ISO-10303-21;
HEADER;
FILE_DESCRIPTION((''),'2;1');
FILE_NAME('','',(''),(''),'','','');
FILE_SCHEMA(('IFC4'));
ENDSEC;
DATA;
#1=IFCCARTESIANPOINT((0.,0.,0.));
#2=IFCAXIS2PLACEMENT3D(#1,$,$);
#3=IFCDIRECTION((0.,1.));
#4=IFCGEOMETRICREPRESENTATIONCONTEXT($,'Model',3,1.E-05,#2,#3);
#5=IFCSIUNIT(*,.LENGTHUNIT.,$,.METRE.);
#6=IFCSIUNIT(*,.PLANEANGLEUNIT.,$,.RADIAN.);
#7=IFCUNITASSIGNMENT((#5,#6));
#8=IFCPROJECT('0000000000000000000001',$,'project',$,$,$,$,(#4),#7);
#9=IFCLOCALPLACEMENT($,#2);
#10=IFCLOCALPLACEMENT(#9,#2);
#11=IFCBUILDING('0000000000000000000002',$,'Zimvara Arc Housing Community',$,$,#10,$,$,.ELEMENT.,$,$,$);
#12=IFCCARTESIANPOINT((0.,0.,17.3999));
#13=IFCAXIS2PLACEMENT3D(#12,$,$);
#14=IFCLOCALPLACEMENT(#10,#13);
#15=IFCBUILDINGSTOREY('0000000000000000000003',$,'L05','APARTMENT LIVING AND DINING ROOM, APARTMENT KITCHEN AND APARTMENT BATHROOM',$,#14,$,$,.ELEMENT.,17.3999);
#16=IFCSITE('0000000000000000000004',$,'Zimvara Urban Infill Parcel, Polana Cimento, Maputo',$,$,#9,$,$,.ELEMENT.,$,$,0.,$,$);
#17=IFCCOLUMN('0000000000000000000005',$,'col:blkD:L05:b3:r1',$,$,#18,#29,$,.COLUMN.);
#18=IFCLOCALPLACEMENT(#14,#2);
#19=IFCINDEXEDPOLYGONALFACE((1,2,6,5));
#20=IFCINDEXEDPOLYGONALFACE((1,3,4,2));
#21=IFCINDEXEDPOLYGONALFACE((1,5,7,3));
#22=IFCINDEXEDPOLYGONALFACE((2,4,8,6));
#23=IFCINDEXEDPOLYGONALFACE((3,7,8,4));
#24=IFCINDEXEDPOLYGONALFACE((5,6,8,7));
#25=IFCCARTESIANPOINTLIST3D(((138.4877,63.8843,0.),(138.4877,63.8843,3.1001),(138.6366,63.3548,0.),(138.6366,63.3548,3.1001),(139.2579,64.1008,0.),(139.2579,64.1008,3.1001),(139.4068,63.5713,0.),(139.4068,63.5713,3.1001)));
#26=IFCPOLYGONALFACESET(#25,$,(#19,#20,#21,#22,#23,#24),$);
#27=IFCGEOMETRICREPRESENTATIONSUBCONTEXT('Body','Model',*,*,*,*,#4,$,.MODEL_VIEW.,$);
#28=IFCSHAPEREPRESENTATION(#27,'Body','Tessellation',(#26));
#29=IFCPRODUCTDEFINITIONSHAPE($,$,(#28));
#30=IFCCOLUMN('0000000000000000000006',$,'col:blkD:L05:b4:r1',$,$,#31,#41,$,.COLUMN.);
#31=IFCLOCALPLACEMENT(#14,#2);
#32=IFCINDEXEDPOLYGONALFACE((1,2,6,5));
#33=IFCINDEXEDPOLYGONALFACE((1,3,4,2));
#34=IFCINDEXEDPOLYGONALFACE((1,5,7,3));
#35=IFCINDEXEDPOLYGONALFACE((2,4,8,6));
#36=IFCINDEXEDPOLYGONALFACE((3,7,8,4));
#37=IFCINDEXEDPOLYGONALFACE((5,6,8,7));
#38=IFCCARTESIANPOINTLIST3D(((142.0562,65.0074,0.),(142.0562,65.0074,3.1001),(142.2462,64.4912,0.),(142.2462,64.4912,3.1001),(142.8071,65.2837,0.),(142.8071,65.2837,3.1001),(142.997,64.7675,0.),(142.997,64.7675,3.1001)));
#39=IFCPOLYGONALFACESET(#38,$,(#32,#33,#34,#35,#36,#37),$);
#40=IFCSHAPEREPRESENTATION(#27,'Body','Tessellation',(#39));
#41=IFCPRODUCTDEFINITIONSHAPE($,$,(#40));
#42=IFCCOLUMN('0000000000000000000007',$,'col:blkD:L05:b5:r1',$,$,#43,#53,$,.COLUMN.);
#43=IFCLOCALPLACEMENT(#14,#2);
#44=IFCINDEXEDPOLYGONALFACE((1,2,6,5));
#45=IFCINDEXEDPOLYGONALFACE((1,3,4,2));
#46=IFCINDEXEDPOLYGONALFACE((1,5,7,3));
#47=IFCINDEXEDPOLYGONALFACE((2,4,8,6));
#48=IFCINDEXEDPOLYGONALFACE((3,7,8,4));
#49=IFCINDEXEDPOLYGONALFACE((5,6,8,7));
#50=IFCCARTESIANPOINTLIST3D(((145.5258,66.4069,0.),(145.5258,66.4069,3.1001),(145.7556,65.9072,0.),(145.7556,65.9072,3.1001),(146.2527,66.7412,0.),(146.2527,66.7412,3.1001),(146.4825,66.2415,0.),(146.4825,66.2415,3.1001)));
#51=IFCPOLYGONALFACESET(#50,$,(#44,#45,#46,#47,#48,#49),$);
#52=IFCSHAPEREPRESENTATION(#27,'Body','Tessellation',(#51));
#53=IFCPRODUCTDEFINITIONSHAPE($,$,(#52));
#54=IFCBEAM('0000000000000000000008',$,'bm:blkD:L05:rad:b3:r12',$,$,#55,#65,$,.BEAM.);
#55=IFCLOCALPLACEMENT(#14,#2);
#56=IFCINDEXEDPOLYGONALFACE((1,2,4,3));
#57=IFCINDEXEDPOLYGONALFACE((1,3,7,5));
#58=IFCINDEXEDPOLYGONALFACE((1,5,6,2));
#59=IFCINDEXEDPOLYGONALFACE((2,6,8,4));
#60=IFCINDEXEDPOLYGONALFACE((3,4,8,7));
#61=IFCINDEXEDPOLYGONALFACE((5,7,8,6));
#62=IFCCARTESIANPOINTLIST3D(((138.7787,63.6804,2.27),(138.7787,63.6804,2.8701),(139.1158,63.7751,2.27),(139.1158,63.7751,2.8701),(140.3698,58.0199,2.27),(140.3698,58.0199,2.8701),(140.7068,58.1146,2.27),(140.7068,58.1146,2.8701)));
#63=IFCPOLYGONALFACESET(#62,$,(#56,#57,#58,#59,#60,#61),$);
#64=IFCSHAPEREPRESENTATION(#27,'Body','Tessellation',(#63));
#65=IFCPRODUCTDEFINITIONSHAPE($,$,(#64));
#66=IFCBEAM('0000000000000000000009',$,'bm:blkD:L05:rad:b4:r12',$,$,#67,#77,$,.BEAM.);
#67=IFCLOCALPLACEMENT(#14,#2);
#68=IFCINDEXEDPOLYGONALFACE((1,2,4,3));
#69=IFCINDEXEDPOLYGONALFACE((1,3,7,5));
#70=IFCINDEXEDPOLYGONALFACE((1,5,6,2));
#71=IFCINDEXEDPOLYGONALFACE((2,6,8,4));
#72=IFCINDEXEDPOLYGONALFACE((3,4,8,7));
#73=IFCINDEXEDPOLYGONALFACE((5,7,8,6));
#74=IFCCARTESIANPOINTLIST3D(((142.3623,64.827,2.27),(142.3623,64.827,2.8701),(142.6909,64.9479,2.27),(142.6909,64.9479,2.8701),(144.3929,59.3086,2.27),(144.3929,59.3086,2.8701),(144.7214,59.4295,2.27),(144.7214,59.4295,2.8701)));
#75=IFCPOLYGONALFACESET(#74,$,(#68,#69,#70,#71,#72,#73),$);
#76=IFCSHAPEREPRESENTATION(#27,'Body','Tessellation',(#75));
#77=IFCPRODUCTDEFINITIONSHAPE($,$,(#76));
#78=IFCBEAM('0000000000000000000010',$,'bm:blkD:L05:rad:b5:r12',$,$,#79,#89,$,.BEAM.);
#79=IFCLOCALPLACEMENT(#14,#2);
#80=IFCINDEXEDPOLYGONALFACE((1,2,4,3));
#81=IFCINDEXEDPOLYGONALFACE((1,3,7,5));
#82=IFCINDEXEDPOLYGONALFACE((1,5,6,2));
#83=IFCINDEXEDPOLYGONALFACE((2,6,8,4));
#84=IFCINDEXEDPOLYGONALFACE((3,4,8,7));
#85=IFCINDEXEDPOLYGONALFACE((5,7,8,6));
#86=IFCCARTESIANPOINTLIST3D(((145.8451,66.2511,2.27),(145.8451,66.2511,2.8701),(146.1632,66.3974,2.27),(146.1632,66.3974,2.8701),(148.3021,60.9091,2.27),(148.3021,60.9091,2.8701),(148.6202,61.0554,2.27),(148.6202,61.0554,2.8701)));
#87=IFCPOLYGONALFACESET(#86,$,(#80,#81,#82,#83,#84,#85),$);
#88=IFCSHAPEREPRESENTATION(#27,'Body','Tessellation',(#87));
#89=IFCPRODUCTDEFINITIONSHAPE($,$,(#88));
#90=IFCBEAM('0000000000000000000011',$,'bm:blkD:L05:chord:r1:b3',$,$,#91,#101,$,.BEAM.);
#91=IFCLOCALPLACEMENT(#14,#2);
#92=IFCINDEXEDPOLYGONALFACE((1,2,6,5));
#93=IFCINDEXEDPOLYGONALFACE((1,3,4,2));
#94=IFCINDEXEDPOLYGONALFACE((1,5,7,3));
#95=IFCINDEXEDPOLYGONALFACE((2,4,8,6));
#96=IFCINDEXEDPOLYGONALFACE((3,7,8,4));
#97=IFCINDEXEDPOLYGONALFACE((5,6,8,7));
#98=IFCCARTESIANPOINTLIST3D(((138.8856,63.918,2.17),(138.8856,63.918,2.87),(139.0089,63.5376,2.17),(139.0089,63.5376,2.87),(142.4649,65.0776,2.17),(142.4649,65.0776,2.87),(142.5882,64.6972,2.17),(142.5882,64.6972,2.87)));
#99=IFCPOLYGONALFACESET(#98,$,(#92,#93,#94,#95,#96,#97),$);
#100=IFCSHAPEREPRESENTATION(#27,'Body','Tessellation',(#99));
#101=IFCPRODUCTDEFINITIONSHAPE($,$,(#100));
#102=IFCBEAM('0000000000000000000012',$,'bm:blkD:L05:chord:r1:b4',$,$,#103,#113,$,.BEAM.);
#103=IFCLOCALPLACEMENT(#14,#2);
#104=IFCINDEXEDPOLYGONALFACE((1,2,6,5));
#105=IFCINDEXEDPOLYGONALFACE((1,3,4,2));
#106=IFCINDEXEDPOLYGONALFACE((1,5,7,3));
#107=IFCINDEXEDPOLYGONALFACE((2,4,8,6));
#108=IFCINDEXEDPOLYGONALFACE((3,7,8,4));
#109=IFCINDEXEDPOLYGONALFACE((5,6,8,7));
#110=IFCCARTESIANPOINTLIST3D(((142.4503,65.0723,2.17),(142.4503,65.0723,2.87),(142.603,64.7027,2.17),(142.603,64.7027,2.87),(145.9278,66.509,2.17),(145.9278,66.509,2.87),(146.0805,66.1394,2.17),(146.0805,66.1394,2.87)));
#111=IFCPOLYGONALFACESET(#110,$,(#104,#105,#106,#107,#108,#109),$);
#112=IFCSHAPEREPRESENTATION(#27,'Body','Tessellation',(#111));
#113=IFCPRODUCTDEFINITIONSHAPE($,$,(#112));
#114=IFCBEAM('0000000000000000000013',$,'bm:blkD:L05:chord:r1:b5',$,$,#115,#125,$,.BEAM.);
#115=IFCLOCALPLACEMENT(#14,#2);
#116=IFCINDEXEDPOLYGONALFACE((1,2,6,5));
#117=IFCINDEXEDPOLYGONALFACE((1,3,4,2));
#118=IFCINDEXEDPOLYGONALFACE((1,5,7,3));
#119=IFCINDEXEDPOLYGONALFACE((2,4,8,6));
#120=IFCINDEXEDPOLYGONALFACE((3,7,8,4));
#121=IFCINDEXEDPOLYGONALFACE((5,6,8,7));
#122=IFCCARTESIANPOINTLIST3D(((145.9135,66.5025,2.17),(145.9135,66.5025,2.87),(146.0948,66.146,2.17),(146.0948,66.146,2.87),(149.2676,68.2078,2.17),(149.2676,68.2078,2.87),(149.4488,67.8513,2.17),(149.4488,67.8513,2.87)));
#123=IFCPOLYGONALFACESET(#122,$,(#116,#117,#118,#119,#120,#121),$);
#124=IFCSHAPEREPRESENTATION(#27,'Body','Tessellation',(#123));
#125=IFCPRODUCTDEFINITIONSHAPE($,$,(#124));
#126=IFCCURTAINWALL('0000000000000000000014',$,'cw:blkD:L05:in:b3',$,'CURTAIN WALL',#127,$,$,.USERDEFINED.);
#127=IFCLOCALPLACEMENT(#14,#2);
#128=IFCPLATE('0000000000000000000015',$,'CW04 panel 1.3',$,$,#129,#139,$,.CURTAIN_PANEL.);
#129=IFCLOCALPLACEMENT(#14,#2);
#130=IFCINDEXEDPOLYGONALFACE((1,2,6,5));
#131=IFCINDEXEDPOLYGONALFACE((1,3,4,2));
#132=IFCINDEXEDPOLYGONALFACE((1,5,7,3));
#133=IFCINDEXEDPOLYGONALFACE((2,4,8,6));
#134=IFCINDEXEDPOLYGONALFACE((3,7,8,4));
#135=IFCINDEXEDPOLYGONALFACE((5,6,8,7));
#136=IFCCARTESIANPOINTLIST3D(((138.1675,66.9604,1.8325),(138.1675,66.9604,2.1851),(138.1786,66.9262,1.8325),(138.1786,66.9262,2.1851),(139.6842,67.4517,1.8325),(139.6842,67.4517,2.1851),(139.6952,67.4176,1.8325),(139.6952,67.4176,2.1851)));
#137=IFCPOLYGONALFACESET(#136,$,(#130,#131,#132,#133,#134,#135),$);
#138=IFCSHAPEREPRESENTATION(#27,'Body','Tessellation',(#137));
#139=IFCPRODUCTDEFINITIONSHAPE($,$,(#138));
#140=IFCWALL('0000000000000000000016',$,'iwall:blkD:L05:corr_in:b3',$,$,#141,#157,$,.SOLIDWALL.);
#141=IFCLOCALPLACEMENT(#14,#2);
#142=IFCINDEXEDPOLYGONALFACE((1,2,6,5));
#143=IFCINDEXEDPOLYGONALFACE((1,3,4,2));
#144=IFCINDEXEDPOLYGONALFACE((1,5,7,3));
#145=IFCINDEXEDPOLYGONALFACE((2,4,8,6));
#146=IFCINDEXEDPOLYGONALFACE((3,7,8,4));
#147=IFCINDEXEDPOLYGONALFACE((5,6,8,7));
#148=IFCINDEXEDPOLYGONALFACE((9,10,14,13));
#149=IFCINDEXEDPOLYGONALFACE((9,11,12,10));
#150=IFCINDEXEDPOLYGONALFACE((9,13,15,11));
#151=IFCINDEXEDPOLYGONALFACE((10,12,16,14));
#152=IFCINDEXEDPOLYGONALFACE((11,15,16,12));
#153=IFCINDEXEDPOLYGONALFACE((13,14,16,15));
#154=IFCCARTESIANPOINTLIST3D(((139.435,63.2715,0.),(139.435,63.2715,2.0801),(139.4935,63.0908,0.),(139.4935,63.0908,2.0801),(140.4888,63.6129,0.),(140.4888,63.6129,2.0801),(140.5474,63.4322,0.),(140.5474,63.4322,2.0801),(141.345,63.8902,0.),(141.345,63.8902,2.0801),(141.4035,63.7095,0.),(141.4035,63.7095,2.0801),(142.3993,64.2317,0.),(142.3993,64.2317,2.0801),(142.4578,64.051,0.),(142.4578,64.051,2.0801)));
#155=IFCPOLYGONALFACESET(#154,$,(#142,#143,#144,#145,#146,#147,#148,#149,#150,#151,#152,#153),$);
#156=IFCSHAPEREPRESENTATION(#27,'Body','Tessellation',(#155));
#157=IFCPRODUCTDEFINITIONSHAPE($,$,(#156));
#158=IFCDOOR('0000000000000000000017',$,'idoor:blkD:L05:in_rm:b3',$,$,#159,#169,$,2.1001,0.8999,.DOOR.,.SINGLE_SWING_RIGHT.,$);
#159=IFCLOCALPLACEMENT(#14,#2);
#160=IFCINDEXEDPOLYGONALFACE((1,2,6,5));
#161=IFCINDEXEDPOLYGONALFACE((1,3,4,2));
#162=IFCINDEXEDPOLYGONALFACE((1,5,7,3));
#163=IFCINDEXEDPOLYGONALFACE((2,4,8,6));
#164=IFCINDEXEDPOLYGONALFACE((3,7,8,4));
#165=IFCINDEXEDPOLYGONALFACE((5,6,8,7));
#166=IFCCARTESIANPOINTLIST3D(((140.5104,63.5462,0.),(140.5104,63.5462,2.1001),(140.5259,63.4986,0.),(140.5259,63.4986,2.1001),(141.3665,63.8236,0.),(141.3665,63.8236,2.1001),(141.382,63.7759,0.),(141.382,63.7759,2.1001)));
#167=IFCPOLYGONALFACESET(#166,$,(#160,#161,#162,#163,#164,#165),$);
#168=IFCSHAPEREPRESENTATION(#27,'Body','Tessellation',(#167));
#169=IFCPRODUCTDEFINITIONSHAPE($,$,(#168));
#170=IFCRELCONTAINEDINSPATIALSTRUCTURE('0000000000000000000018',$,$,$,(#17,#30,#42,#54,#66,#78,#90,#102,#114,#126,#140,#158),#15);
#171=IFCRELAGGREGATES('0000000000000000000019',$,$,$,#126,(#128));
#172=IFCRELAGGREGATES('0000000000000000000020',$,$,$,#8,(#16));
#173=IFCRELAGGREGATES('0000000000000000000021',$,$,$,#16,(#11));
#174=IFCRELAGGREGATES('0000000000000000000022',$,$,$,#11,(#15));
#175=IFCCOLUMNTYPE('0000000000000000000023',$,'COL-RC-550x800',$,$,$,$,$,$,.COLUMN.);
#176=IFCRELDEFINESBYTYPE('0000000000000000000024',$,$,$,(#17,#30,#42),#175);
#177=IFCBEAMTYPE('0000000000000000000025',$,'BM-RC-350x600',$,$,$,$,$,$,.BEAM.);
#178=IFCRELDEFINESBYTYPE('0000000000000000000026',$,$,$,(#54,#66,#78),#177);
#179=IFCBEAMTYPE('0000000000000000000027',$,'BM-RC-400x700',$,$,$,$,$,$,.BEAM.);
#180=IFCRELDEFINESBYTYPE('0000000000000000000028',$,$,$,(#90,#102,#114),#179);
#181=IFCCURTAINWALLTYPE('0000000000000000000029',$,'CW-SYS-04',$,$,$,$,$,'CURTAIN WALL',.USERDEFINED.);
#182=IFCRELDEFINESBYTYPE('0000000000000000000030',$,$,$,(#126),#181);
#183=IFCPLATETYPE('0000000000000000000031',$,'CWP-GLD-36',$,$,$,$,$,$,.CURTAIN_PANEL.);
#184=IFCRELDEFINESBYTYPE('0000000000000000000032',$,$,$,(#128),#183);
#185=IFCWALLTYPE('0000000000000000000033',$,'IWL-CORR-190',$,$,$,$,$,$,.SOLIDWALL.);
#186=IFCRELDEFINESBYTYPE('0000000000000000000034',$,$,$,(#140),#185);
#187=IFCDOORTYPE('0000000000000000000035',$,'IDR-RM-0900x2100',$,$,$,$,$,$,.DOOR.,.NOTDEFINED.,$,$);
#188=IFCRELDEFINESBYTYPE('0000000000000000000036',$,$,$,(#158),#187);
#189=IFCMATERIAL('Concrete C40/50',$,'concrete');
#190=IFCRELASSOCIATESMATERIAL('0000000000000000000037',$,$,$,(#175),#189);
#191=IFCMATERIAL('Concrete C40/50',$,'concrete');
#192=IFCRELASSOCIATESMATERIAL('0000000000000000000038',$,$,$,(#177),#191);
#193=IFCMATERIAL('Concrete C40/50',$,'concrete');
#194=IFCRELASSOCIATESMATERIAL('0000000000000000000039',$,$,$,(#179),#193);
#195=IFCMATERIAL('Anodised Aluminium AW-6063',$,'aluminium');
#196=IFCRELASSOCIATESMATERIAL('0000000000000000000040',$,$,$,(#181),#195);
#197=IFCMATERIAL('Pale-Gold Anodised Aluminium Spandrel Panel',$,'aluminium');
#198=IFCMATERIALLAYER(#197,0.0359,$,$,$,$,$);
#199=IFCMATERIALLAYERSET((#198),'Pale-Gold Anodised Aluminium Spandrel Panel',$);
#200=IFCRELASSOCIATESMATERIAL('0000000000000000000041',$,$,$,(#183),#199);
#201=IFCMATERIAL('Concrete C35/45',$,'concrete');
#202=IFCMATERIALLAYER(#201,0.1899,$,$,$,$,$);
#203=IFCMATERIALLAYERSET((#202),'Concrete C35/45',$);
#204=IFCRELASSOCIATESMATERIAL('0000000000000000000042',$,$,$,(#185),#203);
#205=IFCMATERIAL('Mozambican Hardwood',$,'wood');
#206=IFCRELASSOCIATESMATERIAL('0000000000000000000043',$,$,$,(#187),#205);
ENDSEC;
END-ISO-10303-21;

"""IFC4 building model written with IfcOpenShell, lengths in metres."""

from ifc_helpers import new_model, si_unit, direction, frame, frame_2d, origin, origin_2d, place, context, subcontext, project, spatial, rectangle, extrude, material, layer, layer_set, material_profile, profile_set, type_object, element, fill, aggregate, save


model = new_model("IFC4")

# Units and contexts
model_context = context("Model", 3, precision=1e-05, world=origin(), true_north=direction((0.0, 1.0)))
body_context = subcontext(model_context, "Body", "Model", "MODEL_VIEW")
ifc_project = project(units=[si_unit("LENGTHUNIT", "METRE"), si_unit("PLANEANGLEUNIT", "RADIAN")], contexts=[model_context])

# Site, building, storey
site_placement = place(None, origin())
site = spatial("IfcSite", under=ifc_project, at=site_placement, Name="Zimvara Urban Infill Parcel, Polana Cimento, Maputo", CompositionType="ELEMENT", RefElevation=0.0)
building_placement = place(site_placement, origin())
building = spatial("IfcBuilding", under=site, at=building_placement, Name="Zimvara Arc Housing Community", CompositionType="ELEMENT")
storey_placement = place(building_placement, frame((0.0, 0.0, 17.3999)))
storey = spatial("IfcBuildingStorey", under=building, at=storey_placement, Name="L05", Description="APARTMENT LIVING AND DINING ROOM, APARTMENT KITCHEN AND APARTMENT BATHROOM", CompositionType="ELEMENT", Elevation=17.3999)

# Columns
ifc_material_1 = material(Name="Concrete C40/50", Category="concrete")
ifc_material_profile_1 = material_profile(ifc_material_1, rectangle(XDim=0.55, YDim=0.8, at=origin_2d()), Name="RC 550x800")
ifc_profile_set_1 = profile_set([ifc_material_profile_1], Name="Concrete C40/50")
column_type = type_object("IfcColumnType", Name="COL-RC-550x800", PredefinedType="COLUMN", material=ifc_profile_set_1)
for number, where, z_axis, x_axis, name in (
    (1, (138.9473, 63.7278, 0.0), (0.0, 0.0, 1.0), (0.2706, -0.962692, 0.0), "col:blkD:L05:b3:r1"),
    (2, (142.5266, 64.8875, 0.0), (0.0, 0.0, 1.0), (0.345298, -0.938493, 0.0), "col:blkD:L05:b4:r1"),
    (3, (146.0042, 66.3242, 0.0), (0.0, 0.0, 1.0), (0.417867, -0.908508, 0.0), "col:blkD:L05:b5:r1"),
):
    element("IfcColumn", number, at=place(storey_placement, frame(where, z_axis=z_axis, x_axis=x_axis)), inside=storey, type_object=column_type, Name=name, PredefinedType="COLUMN", context=body_context, shape_type="SweptSolid", body=[
        extrude(rectangle(XDim=0.55, YDim=0.8, at=origin_2d()), origin(), (0.0, 0.0, 1.0), 3.1001),
    ])

# Beams
ifc_material_2 = material(Name="Concrete C40/50", Category="concrete")
ifc_material_profile_2 = material_profile(ifc_material_2, rectangle(XDim=0.3501, YDim=0.6001, at=origin_2d()), Name="RC 350x600")
ifc_profile_set_2 = profile_set([ifc_material_profile_2], Name="Concrete C40/50")
beam_type_1 = type_object("IfcBeamType", Name="BM-RC-350x600", PredefinedType="BEAM", material=ifc_profile_set_2)
beam_1_placement = place(storey_placement, frame((138.9473, 63.7278, 2.5701), z_axis=(0.270589, -0.962695, 0.0), x_axis=(0.962695, 0.270589, 0.0)))
element("IfcBeam", 4, at=beam_1_placement, inside=storey, type_object=beam_type_1, Name="bm:blkD:L05:rad:b3:r12", PredefinedType="BEAM", context=body_context, shape_type="SweptSolid", body=[
    extrude(rectangle(XDim=0.3501, YDim=0.6001, at=origin_2d()), origin(), (0.0, 0.0, 1.0), 5.8799),
])
beam_2_placement = place(storey_placement, frame((142.5266, 64.8875, 2.5701), z_axis=(0.345324, -0.938483, 0.0), x_axis=(0.938483, 0.345324, 0.0)))
element("IfcBeam", 5, at=beam_2_placement, inside=storey, type_object=beam_type_1, Name="bm:blkD:L05:rad:b4:r12", PredefinedType="BEAM", context=body_context, shape_type="SweptSolid", body=[
    extrude(rectangle(XDim=0.3501, YDim=0.6001, at=origin_2d()), origin(), (0.0, 0.0, 1.0), 5.8801),
])
beam_3_placement = place(storey_placement, frame((146.0042, 66.3242, 2.5701), z_axis=(0.417862, -0.90851, 0.0), x_axis=(0.90851, 0.417862, 0.0)))
element("IfcBeam", 6, at=beam_3_placement, inside=storey, type_object=beam_type_1, Name="bm:blkD:L05:rad:b5:r12", PredefinedType="BEAM", context=body_context, shape_type="SweptSolid", body=[
    extrude(rectangle(XDim=0.3501, YDim=0.6001, at=origin_2d()), origin(), (0.0, 0.0, 1.0), 5.8799),
])
ifc_material_3 = material(Name="Concrete C40/50", Category="concrete")
ifc_material_profile_3 = material_profile(ifc_material_3, rectangle(XDim=0.3999, YDim=0.7, at=origin_2d()), Name="RC 400x700")
ifc_profile_set_3 = profile_set([ifc_material_profile_3], Name="Concrete C40/50")
beam_type_2 = type_object("IfcBeamType", Name="BM-RC-400x700", PredefinedType="BEAM", material=ifc_profile_set_3)
beam_4_placement = place(storey_placement, frame((138.9473, 63.7278, 2.52), z_axis=(0.951316, 0.308216, 0.0), x_axis=(-0.308216, 0.951316, 0.0)))
element("IfcBeam", 7, at=beam_4_placement, inside=storey, type_object=beam_type_2, Name="bm:blkD:L05:chord:r1:b3", PredefinedType="BEAM", context=body_context, shape_type="SweptSolid", body=[
    extrude(rectangle(XDim=0.3999, YDim=0.7, at=origin_2d()), origin(), (0.0, 0.0, 1.0), 3.7625),
])
for number, where, z_axis, x_axis, name in (
    (8, (142.5266, 64.8875, 2.52), (0.924225, 0.381849, 0.0), (-0.381849, 0.924225, 0.0), "bm:blkD:L05:chord:r1:b4"),
    (9, (146.0042, 66.3242, 2.52), (0.891396, 0.453225, 0.0), (-0.453225, 0.891396, 0.0), "bm:blkD:L05:chord:r1:b5"),
):
    element("IfcBeam", number, at=place(storey_placement, frame(where, z_axis=z_axis, x_axis=x_axis)), inside=storey, type_object=beam_type_2, Name=name, PredefinedType="BEAM", context=body_context, shape_type="SweptSolid", body=[
        extrude(rectangle(XDim=0.3999, YDim=0.7, at=origin_2d()), origin(), (0.0, 0.0, 1.0), 3.7627),
    ])

# Curtain wall, plate
ifc_material_4 = material(Name="Anodised Aluminium AW-6063", Category="aluminium")
curtain_wall_type = type_object("IfcCurtainWallType", Name="CW-SYS-04", ElementType="CURTAIN WALL", PredefinedType="USERDEFINED", material=ifc_material_4)
curtain_wall_placement = place(storey_placement, origin())
curtain_wall = element("IfcCurtainWall", 10, at=curtain_wall_placement, inside=storey, type_object=curtain_wall_type, Name="cw:blkD:L05:in:b3", ObjectType="CURTAIN WALL", PredefinedType="USERDEFINED")
ifc_material_5 = material(Name="Pale-Gold Anodised Aluminium Spandrel Panel", Category="aluminium")
ifc_layer_1 = layer(ifc_material_5, 0.0359)
ifc_layer_set_1 = layer_set([ifc_layer_1], Name="Pale-Gold Anodised Aluminium Spandrel Panel")
plate_type = type_object("IfcPlateType", Name="CWP-GLD-36", PredefinedType="CURTAIN_PANEL", material=ifc_layer_set_1)
plate_placement = place(storey_placement, frame((138.9314, 67.189, 1.8325), z_axis=(0.0, 0.0, 1.0), x_axis=(0.951326, 0.308185, 0.0)))
plate = element("IfcPlate", 11, at=plate_placement, type_object=plate_type, Name="CW04 panel 1.3", PredefinedType="CURTAIN_PANEL", context=body_context, shape_type="SweptSolid", body=[
    extrude(rectangle(XDim=1.5942, YDim=0.0359, at=origin_2d()), origin(), (0.0, 0.0, 1.0), 0.3525),
])
aggregate(curtain_wall, [plate])

# Shared definitions
ifc_material_6 = material(Name="Concrete C35/45", Category="concrete")
ifc_layer_2 = layer(ifc_material_6, 0.1899)
ifc_layer_set_2 = layer_set([ifc_layer_2], Name="Concrete C35/45")
wall_type_1 = type_object("IfcWallType", Name="IWL-CORR-190", PredefinedType="SOLIDWALL", material=ifc_layer_set_2)

# Wall, opening, door
wall_1_placement = place(storey_placement, frame((139.4641, 63.1812, 0.0), z_axis=(0.0, 0.0, 1.0), x_axis=(0.951336, 0.308154, 0.0)))
wall_1 = element("IfcWall", 12, at=wall_1_placement, inside=storey, type_object=wall_type_1, Name="iwall:blkD:L05:corr_in:b3", PredefinedType="SOLIDWALL", context=body_context, shape_type="SweptSolid", body=[
    extrude(rectangle(XDim=3.116, YDim=0.1899, at=frame_2d((1.5581, 0.0))), origin(), (0.0, 0.0, 1.0), 2.0801),
])
opening_1_placement = place(wall_1_placement, frame((1.1079, 0.0, 0.0)))
opening_1 = element("IfcOpeningElement", 13, at=opening_1_placement, cuts=wall_1, PredefinedType="OPENING", context=body_context, shape_type="SweptSolid", body=[
    extrude(rectangle(XDim=0.8999, YDim=2.1001, at=frame_2d((0.45, 1.05))), frame((0.0, 0.105, 0.0), z_axis=(0.0, -1.0, 0.0), x_axis=(1.0, 0.0, 0.0)), (0.0, 0.0, 1.0), 0.21),
])
ifc_material_7 = material(Name="Mozambican Hardwood", Category="wood")
door_type_1 = type_object("IfcDoorType", Name="IDR-RM-0900x2100", OperationType="NOTDEFINED", PredefinedType="DOOR", material=ifc_material_7)
door_1_placement = place(opening_1_placement, origin())
door_1 = element("IfcDoor", 14, at=door_1_placement, inside=storey, type_object=door_type_1, Name="idoor:blkD:L05:in_rm:b3", OperationType="SINGLE_SWING_RIGHT", OverallHeight=2.1001, OverallWidth=0.8999, PredefinedType="DOOR", context=body_context, shape_type="SweptSolid", body=[
    extrude(rectangle(XDim=0.8999, YDim=2.1001, at=frame_2d((0.45, 1.05))), frame((0.0, 0.0249, 0.0), z_axis=(0.0, -1.0, 0.0), x_axis=(1.0, 0.0, 0.0)), (0.0, 0.0, 1.0), 0.05),
])
fill(opening_1, door_1)

save(model, "model.ifc")
